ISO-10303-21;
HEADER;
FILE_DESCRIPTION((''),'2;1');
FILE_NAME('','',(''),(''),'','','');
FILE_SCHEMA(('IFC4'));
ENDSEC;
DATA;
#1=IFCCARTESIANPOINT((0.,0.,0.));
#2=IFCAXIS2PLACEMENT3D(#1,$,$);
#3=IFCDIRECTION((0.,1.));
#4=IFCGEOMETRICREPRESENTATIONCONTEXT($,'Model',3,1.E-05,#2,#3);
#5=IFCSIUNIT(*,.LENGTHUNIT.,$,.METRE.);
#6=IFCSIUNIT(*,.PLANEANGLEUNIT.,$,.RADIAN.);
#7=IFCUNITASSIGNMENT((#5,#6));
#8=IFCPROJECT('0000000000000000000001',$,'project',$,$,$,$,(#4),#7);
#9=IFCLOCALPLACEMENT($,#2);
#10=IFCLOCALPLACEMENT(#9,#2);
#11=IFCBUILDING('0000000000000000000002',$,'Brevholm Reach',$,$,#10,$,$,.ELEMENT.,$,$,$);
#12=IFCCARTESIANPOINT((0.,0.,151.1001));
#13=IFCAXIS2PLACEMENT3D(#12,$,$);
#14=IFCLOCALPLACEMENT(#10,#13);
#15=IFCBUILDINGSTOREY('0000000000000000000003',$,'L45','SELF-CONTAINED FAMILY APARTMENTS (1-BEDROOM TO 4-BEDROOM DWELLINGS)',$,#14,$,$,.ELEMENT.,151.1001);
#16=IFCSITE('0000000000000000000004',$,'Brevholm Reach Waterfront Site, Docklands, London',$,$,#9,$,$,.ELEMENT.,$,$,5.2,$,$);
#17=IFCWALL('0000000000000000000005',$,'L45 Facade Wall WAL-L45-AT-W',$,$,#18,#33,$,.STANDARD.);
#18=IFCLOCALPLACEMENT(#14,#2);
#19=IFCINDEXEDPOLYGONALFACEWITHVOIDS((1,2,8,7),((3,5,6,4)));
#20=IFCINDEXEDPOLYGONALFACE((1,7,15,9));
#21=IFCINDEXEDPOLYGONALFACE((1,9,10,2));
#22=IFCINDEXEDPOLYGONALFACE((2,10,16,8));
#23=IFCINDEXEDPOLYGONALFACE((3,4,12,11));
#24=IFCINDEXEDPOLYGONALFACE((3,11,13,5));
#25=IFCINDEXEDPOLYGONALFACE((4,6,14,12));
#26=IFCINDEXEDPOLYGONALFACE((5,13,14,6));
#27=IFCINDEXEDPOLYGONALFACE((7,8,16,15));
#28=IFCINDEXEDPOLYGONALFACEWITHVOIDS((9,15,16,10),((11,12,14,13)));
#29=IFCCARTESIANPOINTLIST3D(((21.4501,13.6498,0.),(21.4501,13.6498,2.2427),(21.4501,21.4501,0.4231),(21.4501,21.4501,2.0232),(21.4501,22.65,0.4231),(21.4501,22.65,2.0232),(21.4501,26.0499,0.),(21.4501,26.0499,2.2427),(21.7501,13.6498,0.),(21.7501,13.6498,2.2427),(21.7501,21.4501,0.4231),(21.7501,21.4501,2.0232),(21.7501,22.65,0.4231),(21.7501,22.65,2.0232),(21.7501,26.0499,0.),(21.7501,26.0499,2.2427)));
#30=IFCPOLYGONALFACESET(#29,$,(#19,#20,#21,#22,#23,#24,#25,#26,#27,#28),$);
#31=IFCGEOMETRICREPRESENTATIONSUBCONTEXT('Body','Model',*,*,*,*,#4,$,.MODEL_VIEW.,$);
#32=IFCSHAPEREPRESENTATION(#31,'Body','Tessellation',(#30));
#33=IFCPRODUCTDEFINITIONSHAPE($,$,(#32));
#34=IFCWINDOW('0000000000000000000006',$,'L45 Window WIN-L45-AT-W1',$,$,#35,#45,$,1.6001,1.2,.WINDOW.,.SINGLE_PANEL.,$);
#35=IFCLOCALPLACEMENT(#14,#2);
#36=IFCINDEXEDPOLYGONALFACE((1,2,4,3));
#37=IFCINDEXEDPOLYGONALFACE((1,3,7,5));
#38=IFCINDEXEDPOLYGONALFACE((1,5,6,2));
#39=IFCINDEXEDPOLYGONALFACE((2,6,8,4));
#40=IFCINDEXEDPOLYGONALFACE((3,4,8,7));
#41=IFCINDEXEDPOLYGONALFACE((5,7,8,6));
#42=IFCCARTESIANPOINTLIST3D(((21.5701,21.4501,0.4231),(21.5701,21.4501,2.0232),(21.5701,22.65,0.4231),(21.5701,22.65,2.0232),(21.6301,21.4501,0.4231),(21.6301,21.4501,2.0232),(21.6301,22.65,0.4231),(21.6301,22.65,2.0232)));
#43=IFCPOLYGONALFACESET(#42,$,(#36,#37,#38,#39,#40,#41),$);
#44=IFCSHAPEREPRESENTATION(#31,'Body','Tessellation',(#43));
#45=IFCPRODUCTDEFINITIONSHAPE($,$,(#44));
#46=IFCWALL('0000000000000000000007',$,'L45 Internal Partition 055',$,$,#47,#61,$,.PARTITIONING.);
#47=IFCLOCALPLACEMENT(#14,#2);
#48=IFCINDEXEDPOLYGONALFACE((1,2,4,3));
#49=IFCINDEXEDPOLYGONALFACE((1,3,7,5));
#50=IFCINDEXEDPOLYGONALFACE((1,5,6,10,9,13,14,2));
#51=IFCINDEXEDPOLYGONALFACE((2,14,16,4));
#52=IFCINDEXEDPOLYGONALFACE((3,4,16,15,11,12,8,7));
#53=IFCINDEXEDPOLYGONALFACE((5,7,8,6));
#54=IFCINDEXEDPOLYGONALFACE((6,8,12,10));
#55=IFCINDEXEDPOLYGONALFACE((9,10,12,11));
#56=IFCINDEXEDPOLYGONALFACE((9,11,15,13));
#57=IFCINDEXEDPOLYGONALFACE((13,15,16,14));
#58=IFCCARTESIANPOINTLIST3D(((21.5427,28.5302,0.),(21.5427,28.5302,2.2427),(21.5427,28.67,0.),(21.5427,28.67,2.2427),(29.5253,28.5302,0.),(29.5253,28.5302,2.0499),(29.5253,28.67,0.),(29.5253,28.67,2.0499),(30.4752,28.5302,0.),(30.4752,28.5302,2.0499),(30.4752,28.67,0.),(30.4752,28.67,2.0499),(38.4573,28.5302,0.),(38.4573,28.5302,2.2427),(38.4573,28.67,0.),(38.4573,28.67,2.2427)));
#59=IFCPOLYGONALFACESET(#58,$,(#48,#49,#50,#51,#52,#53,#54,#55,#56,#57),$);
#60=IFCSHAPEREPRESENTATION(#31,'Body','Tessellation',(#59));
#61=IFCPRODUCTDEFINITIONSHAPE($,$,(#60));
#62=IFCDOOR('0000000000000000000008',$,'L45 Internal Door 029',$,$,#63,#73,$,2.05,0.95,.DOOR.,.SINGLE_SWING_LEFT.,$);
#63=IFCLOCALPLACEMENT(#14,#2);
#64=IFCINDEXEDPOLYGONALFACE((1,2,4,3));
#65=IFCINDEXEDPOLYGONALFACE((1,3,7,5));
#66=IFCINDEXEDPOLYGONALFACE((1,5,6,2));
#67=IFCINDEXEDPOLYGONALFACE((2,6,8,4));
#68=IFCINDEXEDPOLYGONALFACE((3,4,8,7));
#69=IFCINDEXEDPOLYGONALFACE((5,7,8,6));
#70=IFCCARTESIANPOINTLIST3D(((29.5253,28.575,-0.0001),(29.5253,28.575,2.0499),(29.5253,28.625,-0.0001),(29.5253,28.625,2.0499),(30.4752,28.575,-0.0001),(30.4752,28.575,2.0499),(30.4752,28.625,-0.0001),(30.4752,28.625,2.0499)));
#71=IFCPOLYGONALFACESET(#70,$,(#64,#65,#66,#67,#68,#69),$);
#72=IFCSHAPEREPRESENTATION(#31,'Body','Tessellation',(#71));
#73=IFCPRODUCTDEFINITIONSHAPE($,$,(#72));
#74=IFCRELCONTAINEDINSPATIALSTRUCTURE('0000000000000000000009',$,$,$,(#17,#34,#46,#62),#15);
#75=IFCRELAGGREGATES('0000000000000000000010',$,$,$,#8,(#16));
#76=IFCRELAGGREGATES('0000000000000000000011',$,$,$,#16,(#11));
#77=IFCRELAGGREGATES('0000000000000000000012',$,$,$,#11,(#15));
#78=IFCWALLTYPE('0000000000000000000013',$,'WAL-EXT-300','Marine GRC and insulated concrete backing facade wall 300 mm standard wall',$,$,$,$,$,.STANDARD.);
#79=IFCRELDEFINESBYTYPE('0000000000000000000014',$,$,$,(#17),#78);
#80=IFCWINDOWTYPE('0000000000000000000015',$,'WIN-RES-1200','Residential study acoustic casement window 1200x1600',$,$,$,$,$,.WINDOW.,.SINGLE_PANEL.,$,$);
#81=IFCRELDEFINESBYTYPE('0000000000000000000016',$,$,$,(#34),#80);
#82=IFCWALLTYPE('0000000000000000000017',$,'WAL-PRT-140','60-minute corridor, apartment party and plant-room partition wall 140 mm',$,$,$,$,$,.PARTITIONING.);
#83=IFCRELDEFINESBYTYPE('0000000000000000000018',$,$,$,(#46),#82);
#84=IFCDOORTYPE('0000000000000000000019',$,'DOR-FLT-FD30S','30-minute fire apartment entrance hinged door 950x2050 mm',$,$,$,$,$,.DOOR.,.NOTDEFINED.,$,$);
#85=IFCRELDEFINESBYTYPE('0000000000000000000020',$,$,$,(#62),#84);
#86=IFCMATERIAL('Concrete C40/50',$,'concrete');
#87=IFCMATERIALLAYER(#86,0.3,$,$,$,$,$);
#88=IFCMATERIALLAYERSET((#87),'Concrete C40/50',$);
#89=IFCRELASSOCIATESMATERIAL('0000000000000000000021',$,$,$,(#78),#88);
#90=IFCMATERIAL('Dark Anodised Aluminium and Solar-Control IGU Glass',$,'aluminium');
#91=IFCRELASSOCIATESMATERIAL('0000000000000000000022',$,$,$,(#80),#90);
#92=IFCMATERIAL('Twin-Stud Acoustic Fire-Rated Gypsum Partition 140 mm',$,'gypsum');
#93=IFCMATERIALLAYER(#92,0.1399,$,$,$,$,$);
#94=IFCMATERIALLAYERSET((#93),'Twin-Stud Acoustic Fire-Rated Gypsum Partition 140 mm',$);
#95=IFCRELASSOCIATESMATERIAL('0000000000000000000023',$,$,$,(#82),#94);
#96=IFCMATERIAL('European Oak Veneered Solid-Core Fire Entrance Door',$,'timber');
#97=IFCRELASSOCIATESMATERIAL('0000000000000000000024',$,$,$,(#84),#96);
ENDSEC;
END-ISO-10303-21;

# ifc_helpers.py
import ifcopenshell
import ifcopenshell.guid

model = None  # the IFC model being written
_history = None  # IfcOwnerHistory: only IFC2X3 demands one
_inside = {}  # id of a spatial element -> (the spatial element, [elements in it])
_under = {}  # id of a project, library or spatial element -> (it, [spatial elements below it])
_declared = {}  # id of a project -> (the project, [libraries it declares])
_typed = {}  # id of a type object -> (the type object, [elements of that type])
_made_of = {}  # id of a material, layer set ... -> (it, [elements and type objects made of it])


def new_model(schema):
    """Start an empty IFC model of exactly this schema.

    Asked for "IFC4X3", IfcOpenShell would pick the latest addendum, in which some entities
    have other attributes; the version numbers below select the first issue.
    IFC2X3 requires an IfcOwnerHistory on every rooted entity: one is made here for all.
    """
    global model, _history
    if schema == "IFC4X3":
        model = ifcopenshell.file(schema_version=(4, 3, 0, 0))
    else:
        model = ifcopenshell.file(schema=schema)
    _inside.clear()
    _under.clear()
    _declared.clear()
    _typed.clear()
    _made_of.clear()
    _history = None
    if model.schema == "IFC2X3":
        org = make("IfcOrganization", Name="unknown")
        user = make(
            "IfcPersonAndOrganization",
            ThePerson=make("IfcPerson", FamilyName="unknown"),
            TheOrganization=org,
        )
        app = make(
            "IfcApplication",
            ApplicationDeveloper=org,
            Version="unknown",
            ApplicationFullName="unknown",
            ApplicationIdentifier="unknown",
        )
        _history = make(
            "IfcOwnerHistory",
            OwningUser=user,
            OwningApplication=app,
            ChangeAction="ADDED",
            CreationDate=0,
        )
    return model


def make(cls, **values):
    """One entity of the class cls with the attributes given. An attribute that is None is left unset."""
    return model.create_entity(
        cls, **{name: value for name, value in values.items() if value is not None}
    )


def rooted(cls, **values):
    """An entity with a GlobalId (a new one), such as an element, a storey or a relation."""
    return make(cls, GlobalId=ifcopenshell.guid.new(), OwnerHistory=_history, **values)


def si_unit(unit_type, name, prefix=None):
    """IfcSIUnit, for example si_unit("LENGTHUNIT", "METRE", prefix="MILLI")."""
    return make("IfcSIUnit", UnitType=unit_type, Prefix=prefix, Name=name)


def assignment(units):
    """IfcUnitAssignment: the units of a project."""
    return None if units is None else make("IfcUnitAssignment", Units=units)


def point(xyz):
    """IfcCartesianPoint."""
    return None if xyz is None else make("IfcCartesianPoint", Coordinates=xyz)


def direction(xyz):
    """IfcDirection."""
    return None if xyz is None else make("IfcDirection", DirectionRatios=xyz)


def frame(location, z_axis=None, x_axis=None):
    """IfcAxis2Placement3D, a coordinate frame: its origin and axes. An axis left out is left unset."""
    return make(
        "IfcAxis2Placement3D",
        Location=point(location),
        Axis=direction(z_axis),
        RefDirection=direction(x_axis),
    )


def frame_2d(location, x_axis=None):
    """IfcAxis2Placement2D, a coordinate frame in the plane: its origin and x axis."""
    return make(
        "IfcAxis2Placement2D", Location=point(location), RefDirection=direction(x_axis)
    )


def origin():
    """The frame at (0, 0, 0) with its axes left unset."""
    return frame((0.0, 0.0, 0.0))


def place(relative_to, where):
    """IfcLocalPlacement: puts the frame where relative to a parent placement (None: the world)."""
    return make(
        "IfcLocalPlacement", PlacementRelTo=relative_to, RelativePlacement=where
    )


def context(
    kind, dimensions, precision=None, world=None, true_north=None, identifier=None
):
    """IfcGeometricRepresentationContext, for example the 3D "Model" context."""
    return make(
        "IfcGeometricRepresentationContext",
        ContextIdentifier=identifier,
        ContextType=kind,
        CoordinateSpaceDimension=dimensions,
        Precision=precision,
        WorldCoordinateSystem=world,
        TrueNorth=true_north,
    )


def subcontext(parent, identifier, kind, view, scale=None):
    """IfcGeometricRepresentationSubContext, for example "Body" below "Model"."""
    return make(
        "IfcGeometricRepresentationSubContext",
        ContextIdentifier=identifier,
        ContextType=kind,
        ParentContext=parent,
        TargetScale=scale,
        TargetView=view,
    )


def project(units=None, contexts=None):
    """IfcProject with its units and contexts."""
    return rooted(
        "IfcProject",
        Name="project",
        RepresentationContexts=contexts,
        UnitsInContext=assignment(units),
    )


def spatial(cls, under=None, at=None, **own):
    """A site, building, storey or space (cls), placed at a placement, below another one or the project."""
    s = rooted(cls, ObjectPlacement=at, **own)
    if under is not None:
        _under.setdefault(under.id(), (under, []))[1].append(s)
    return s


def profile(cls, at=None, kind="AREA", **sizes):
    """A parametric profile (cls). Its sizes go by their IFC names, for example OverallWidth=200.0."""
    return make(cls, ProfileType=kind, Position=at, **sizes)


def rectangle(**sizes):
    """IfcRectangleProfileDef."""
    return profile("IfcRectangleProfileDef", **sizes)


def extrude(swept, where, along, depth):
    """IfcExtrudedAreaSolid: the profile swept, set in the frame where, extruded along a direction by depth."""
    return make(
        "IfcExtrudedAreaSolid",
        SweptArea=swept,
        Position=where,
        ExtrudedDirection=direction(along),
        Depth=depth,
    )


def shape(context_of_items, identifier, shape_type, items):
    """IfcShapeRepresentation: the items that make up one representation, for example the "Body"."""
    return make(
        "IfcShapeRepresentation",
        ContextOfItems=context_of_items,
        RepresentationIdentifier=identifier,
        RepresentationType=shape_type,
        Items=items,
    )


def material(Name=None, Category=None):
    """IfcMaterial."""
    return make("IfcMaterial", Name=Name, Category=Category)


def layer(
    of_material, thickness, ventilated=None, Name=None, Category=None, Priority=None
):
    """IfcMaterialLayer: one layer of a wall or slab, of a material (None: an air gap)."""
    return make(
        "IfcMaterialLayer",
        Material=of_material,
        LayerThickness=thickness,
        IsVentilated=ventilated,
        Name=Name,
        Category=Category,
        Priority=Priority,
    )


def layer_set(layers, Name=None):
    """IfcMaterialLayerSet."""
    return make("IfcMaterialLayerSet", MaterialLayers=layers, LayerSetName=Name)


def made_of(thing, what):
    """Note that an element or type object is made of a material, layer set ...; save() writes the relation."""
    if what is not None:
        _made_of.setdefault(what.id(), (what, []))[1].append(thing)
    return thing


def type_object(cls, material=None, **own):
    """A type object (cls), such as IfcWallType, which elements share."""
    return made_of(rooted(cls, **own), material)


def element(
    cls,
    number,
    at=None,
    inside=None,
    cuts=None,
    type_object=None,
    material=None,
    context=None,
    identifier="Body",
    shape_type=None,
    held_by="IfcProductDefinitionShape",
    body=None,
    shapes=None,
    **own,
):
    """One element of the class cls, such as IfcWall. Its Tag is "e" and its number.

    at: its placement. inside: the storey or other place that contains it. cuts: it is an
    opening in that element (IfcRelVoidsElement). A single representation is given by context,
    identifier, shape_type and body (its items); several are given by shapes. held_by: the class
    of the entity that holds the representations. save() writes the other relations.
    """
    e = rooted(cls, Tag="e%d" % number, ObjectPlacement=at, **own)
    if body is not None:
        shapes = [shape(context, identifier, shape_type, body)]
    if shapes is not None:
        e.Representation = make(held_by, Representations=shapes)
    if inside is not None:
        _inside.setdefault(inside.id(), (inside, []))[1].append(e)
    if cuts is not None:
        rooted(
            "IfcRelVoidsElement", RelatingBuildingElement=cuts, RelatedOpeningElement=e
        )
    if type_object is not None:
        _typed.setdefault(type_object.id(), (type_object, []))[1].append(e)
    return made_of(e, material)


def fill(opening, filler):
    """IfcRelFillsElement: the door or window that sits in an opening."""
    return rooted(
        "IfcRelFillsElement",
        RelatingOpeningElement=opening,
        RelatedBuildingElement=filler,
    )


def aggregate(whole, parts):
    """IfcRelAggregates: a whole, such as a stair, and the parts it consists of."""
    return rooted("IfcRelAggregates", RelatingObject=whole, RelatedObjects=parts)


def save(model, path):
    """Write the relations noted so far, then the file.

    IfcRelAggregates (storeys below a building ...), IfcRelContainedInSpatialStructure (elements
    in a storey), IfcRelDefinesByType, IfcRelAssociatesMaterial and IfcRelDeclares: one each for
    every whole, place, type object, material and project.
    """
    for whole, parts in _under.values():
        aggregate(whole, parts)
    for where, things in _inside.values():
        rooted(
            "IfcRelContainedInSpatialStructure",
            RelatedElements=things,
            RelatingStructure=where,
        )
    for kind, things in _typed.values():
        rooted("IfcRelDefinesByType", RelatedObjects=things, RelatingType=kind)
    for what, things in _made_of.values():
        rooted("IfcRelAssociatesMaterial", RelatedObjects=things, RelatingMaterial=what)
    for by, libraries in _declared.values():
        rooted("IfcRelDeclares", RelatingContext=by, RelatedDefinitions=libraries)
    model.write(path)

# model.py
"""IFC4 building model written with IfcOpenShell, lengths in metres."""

from ifc_helpers import new_model, si_unit, direction, frame, frame_2d, origin, place, context, subcontext, project, spatial, rectangle, extrude, material, layer, layer_set, type_object, element, fill, save


model = new_model("IFC4")

# Units and contexts
model_context = context("Model", 3, precision=1e-05, world=origin(), true_north=direction((0.0, 1.0)))
body_context = subcontext(model_context, "Body", "Model", "MODEL_VIEW")
ifc_project = project(units=[si_unit("LENGTHUNIT", "METRE"), si_unit("PLANEANGLEUNIT", "RADIAN")], contexts=[model_context])

# Site, building, storey
site_placement = place(None, origin())
site = spatial("IfcSite", under=ifc_project, at=site_placement, Name="Brevholm Reach Waterfront Site, Docklands, London", CompositionType="ELEMENT", RefElevation=5.2)
building_placement = place(site_placement, origin())
building = spatial("IfcBuilding", under=site, at=building_placement, Name="Brevholm Reach", CompositionType="ELEMENT")
storey_placement = place(building_placement, frame((0.0, 0.0, 151.1001)))
storey = spatial("IfcBuildingStorey", under=building, at=storey_placement, Name="L45", Description="SELF-CONTAINED FAMILY APARTMENTS (1-BEDROOM TO 4-BEDROOM DWELLINGS)", CompositionType="ELEMENT", Elevation=151.1001)

# Wall, opening, window
ifc_material_1 = material(Name="Concrete C40/50", Category="concrete")
ifc_layer_1 = layer(ifc_material_1, 0.3)
ifc_layer_set_1 = layer_set([ifc_layer_1], Name="Concrete C40/50")
wall_type_1 = type_object("IfcWallType", Name="WAL-EXT-300", Description="Marine GRC and insulated concrete backing facade wall 300 mm standard wall", PredefinedType="STANDARD", material=ifc_layer_set_1)
wall_1_placement = place(storey_placement, frame((21.6001, 26.05, 0.0), z_axis=(0.0, 0.0, 1.0), x_axis=(0.0, -1.0, 0.0)))
wall_1 = element("IfcWall", 1, at=wall_1_placement, inside=storey, type_object=wall_type_1, Name="L45 Facade Wall WAL-L45-AT-W", PredefinedType="STANDARD", context=body_context, shape_type="SweptSolid", body=[
    extrude(rectangle(XDim=12.4001, YDim=0.3, at=frame_2d((6.2002, 0.0))), origin(), (0.0, 0.0, 1.0), 2.2427),
])
opening_1_placement = place(wall_1_placement, frame((3.3999, 0.0, 0.4231)))
opening_1 = element("IfcOpeningElement", 2, at=opening_1_placement, cuts=wall_1, PredefinedType="OPENING", context=body_context, shape_type="SweptSolid", body=[
    extrude(rectangle(XDim=1.2, YDim=1.6001, at=frame_2d((0.6001, 0.8))), frame((0.0, 0.1599, 0.0), z_axis=(0.0, -1.0, 0.0), x_axis=(1.0, 0.0, 0.0)), (0.0, 0.0, 1.0), 0.3201),
])
ifc_material_2 = material(Name="Dark Anodised Aluminium and Solar-Control IGU Glass", Category="aluminium")
window_type = type_object("IfcWindowType", Name="WIN-RES-1200", Description="Residential study acoustic casement window 1200x1600", PartitioningType="SINGLE_PANEL", PredefinedType="WINDOW", material=ifc_material_2)
window_placement = place(opening_1_placement, origin())
window = element("IfcWindow", 3, at=window_placement, inside=storey, type_object=window_type, Name="L45 Window WIN-L45-AT-W1", OverallHeight=1.6001, OverallWidth=1.2, PartitioningType="SINGLE_PANEL", PredefinedType="WINDOW", context=body_context, shape_type="SweptSolid", body=[
    extrude(rectangle(XDim=1.2, YDim=1.6001, at=frame_2d((0.6001, 0.8))), frame((0.0, 0.03, 0.0), z_axis=(0.0, -1.0, 0.0), x_axis=(1.0, 0.0, 0.0)), (0.0, 0.0, 1.0), 0.0601),
])
fill(opening_1, window)

# Wall, opening, door
ifc_material_3 = material(Name="Twin-Stud Acoustic Fire-Rated Gypsum Partition 140 mm", Category="gypsum")
ifc_layer_2 = layer(ifc_material_3, 0.1399)
ifc_layer_set_2 = layer_set([ifc_layer_2], Name="Twin-Stud Acoustic Fire-Rated Gypsum Partition 140 mm")
wall_type_2 = type_object("IfcWallType", Name="WAL-PRT-140", Description="60-minute corridor, apartment party and plant-room partition wall 140 mm", PredefinedType="PARTITIONING", material=ifc_layer_set_2)
wall_2_placement = place(storey_placement, frame((21.5427, 28.6001, 0.0), z_axis=(0.0, 0.0, 1.0), x_axis=(1.0, 0.0, 0.0)))
wall_2 = element("IfcWall", 4, at=wall_2_placement, inside=storey, type_object=wall_type_2, Name="L45 Internal Partition 055", PredefinedType="PARTITIONING", context=body_context, shape_type="SweptSolid", body=[
    extrude(rectangle(XDim=16.9146, YDim=0.1399, at=frame_2d((8.4573, 0.0))), origin(), (0.0, 0.0, 1.0), 2.2427),
])
opening_2_placement = place(wall_2_placement, frame((7.9824, 0.0, 0.0)))
opening_2 = element("IfcOpeningElement", 5, at=opening_2_placement, cuts=wall_2, PredefinedType="OPENING", context=body_context, shape_type="SweptSolid", body=[
    extrude(rectangle(XDim=0.95, YDim=2.05, at=frame_2d((0.4751, 1.0249))), frame((0.0, 0.0798, 0.0), z_axis=(0.0, -1.0, 0.0), x_axis=(1.0, 0.0, 0.0)), (0.0, 0.0, 1.0), 0.1599),
])
ifc_material_4 = material(Name="European Oak Veneered Solid-Core Fire Entrance Door", Category="timber")
door_type = type_object("IfcDoorType", Name="DOR-FLT-FD30S", Description="30-minute fire apartment entrance hinged door 950x2050 mm", OperationType="NOTDEFINED", PredefinedType="DOOR", material=ifc_material_4)
door_placement = place(opening_2_placement, origin())
door = element("IfcDoor", 6, at=door_placement, inside=storey, type_object=door_type, Name="L45 Internal Door 029", OperationType="SINGLE_SWING_LEFT", OverallHeight=2.05, OverallWidth=0.95, PredefinedType="DOOR", context=body_context, shape_type="SweptSolid", body=[
    extrude(rectangle(XDim=0.95, YDim=2.05, at=frame_2d((0.4751, 1.0249))), frame((0.0, 0.0249, 0.0), z_axis=(0.0, -1.0, 0.0), x_axis=(1.0, 0.0, 0.0)), (0.0, 0.0, 1.0), 0.05),
])
fill(opening_2, door)

save(model, "model.ifc")
